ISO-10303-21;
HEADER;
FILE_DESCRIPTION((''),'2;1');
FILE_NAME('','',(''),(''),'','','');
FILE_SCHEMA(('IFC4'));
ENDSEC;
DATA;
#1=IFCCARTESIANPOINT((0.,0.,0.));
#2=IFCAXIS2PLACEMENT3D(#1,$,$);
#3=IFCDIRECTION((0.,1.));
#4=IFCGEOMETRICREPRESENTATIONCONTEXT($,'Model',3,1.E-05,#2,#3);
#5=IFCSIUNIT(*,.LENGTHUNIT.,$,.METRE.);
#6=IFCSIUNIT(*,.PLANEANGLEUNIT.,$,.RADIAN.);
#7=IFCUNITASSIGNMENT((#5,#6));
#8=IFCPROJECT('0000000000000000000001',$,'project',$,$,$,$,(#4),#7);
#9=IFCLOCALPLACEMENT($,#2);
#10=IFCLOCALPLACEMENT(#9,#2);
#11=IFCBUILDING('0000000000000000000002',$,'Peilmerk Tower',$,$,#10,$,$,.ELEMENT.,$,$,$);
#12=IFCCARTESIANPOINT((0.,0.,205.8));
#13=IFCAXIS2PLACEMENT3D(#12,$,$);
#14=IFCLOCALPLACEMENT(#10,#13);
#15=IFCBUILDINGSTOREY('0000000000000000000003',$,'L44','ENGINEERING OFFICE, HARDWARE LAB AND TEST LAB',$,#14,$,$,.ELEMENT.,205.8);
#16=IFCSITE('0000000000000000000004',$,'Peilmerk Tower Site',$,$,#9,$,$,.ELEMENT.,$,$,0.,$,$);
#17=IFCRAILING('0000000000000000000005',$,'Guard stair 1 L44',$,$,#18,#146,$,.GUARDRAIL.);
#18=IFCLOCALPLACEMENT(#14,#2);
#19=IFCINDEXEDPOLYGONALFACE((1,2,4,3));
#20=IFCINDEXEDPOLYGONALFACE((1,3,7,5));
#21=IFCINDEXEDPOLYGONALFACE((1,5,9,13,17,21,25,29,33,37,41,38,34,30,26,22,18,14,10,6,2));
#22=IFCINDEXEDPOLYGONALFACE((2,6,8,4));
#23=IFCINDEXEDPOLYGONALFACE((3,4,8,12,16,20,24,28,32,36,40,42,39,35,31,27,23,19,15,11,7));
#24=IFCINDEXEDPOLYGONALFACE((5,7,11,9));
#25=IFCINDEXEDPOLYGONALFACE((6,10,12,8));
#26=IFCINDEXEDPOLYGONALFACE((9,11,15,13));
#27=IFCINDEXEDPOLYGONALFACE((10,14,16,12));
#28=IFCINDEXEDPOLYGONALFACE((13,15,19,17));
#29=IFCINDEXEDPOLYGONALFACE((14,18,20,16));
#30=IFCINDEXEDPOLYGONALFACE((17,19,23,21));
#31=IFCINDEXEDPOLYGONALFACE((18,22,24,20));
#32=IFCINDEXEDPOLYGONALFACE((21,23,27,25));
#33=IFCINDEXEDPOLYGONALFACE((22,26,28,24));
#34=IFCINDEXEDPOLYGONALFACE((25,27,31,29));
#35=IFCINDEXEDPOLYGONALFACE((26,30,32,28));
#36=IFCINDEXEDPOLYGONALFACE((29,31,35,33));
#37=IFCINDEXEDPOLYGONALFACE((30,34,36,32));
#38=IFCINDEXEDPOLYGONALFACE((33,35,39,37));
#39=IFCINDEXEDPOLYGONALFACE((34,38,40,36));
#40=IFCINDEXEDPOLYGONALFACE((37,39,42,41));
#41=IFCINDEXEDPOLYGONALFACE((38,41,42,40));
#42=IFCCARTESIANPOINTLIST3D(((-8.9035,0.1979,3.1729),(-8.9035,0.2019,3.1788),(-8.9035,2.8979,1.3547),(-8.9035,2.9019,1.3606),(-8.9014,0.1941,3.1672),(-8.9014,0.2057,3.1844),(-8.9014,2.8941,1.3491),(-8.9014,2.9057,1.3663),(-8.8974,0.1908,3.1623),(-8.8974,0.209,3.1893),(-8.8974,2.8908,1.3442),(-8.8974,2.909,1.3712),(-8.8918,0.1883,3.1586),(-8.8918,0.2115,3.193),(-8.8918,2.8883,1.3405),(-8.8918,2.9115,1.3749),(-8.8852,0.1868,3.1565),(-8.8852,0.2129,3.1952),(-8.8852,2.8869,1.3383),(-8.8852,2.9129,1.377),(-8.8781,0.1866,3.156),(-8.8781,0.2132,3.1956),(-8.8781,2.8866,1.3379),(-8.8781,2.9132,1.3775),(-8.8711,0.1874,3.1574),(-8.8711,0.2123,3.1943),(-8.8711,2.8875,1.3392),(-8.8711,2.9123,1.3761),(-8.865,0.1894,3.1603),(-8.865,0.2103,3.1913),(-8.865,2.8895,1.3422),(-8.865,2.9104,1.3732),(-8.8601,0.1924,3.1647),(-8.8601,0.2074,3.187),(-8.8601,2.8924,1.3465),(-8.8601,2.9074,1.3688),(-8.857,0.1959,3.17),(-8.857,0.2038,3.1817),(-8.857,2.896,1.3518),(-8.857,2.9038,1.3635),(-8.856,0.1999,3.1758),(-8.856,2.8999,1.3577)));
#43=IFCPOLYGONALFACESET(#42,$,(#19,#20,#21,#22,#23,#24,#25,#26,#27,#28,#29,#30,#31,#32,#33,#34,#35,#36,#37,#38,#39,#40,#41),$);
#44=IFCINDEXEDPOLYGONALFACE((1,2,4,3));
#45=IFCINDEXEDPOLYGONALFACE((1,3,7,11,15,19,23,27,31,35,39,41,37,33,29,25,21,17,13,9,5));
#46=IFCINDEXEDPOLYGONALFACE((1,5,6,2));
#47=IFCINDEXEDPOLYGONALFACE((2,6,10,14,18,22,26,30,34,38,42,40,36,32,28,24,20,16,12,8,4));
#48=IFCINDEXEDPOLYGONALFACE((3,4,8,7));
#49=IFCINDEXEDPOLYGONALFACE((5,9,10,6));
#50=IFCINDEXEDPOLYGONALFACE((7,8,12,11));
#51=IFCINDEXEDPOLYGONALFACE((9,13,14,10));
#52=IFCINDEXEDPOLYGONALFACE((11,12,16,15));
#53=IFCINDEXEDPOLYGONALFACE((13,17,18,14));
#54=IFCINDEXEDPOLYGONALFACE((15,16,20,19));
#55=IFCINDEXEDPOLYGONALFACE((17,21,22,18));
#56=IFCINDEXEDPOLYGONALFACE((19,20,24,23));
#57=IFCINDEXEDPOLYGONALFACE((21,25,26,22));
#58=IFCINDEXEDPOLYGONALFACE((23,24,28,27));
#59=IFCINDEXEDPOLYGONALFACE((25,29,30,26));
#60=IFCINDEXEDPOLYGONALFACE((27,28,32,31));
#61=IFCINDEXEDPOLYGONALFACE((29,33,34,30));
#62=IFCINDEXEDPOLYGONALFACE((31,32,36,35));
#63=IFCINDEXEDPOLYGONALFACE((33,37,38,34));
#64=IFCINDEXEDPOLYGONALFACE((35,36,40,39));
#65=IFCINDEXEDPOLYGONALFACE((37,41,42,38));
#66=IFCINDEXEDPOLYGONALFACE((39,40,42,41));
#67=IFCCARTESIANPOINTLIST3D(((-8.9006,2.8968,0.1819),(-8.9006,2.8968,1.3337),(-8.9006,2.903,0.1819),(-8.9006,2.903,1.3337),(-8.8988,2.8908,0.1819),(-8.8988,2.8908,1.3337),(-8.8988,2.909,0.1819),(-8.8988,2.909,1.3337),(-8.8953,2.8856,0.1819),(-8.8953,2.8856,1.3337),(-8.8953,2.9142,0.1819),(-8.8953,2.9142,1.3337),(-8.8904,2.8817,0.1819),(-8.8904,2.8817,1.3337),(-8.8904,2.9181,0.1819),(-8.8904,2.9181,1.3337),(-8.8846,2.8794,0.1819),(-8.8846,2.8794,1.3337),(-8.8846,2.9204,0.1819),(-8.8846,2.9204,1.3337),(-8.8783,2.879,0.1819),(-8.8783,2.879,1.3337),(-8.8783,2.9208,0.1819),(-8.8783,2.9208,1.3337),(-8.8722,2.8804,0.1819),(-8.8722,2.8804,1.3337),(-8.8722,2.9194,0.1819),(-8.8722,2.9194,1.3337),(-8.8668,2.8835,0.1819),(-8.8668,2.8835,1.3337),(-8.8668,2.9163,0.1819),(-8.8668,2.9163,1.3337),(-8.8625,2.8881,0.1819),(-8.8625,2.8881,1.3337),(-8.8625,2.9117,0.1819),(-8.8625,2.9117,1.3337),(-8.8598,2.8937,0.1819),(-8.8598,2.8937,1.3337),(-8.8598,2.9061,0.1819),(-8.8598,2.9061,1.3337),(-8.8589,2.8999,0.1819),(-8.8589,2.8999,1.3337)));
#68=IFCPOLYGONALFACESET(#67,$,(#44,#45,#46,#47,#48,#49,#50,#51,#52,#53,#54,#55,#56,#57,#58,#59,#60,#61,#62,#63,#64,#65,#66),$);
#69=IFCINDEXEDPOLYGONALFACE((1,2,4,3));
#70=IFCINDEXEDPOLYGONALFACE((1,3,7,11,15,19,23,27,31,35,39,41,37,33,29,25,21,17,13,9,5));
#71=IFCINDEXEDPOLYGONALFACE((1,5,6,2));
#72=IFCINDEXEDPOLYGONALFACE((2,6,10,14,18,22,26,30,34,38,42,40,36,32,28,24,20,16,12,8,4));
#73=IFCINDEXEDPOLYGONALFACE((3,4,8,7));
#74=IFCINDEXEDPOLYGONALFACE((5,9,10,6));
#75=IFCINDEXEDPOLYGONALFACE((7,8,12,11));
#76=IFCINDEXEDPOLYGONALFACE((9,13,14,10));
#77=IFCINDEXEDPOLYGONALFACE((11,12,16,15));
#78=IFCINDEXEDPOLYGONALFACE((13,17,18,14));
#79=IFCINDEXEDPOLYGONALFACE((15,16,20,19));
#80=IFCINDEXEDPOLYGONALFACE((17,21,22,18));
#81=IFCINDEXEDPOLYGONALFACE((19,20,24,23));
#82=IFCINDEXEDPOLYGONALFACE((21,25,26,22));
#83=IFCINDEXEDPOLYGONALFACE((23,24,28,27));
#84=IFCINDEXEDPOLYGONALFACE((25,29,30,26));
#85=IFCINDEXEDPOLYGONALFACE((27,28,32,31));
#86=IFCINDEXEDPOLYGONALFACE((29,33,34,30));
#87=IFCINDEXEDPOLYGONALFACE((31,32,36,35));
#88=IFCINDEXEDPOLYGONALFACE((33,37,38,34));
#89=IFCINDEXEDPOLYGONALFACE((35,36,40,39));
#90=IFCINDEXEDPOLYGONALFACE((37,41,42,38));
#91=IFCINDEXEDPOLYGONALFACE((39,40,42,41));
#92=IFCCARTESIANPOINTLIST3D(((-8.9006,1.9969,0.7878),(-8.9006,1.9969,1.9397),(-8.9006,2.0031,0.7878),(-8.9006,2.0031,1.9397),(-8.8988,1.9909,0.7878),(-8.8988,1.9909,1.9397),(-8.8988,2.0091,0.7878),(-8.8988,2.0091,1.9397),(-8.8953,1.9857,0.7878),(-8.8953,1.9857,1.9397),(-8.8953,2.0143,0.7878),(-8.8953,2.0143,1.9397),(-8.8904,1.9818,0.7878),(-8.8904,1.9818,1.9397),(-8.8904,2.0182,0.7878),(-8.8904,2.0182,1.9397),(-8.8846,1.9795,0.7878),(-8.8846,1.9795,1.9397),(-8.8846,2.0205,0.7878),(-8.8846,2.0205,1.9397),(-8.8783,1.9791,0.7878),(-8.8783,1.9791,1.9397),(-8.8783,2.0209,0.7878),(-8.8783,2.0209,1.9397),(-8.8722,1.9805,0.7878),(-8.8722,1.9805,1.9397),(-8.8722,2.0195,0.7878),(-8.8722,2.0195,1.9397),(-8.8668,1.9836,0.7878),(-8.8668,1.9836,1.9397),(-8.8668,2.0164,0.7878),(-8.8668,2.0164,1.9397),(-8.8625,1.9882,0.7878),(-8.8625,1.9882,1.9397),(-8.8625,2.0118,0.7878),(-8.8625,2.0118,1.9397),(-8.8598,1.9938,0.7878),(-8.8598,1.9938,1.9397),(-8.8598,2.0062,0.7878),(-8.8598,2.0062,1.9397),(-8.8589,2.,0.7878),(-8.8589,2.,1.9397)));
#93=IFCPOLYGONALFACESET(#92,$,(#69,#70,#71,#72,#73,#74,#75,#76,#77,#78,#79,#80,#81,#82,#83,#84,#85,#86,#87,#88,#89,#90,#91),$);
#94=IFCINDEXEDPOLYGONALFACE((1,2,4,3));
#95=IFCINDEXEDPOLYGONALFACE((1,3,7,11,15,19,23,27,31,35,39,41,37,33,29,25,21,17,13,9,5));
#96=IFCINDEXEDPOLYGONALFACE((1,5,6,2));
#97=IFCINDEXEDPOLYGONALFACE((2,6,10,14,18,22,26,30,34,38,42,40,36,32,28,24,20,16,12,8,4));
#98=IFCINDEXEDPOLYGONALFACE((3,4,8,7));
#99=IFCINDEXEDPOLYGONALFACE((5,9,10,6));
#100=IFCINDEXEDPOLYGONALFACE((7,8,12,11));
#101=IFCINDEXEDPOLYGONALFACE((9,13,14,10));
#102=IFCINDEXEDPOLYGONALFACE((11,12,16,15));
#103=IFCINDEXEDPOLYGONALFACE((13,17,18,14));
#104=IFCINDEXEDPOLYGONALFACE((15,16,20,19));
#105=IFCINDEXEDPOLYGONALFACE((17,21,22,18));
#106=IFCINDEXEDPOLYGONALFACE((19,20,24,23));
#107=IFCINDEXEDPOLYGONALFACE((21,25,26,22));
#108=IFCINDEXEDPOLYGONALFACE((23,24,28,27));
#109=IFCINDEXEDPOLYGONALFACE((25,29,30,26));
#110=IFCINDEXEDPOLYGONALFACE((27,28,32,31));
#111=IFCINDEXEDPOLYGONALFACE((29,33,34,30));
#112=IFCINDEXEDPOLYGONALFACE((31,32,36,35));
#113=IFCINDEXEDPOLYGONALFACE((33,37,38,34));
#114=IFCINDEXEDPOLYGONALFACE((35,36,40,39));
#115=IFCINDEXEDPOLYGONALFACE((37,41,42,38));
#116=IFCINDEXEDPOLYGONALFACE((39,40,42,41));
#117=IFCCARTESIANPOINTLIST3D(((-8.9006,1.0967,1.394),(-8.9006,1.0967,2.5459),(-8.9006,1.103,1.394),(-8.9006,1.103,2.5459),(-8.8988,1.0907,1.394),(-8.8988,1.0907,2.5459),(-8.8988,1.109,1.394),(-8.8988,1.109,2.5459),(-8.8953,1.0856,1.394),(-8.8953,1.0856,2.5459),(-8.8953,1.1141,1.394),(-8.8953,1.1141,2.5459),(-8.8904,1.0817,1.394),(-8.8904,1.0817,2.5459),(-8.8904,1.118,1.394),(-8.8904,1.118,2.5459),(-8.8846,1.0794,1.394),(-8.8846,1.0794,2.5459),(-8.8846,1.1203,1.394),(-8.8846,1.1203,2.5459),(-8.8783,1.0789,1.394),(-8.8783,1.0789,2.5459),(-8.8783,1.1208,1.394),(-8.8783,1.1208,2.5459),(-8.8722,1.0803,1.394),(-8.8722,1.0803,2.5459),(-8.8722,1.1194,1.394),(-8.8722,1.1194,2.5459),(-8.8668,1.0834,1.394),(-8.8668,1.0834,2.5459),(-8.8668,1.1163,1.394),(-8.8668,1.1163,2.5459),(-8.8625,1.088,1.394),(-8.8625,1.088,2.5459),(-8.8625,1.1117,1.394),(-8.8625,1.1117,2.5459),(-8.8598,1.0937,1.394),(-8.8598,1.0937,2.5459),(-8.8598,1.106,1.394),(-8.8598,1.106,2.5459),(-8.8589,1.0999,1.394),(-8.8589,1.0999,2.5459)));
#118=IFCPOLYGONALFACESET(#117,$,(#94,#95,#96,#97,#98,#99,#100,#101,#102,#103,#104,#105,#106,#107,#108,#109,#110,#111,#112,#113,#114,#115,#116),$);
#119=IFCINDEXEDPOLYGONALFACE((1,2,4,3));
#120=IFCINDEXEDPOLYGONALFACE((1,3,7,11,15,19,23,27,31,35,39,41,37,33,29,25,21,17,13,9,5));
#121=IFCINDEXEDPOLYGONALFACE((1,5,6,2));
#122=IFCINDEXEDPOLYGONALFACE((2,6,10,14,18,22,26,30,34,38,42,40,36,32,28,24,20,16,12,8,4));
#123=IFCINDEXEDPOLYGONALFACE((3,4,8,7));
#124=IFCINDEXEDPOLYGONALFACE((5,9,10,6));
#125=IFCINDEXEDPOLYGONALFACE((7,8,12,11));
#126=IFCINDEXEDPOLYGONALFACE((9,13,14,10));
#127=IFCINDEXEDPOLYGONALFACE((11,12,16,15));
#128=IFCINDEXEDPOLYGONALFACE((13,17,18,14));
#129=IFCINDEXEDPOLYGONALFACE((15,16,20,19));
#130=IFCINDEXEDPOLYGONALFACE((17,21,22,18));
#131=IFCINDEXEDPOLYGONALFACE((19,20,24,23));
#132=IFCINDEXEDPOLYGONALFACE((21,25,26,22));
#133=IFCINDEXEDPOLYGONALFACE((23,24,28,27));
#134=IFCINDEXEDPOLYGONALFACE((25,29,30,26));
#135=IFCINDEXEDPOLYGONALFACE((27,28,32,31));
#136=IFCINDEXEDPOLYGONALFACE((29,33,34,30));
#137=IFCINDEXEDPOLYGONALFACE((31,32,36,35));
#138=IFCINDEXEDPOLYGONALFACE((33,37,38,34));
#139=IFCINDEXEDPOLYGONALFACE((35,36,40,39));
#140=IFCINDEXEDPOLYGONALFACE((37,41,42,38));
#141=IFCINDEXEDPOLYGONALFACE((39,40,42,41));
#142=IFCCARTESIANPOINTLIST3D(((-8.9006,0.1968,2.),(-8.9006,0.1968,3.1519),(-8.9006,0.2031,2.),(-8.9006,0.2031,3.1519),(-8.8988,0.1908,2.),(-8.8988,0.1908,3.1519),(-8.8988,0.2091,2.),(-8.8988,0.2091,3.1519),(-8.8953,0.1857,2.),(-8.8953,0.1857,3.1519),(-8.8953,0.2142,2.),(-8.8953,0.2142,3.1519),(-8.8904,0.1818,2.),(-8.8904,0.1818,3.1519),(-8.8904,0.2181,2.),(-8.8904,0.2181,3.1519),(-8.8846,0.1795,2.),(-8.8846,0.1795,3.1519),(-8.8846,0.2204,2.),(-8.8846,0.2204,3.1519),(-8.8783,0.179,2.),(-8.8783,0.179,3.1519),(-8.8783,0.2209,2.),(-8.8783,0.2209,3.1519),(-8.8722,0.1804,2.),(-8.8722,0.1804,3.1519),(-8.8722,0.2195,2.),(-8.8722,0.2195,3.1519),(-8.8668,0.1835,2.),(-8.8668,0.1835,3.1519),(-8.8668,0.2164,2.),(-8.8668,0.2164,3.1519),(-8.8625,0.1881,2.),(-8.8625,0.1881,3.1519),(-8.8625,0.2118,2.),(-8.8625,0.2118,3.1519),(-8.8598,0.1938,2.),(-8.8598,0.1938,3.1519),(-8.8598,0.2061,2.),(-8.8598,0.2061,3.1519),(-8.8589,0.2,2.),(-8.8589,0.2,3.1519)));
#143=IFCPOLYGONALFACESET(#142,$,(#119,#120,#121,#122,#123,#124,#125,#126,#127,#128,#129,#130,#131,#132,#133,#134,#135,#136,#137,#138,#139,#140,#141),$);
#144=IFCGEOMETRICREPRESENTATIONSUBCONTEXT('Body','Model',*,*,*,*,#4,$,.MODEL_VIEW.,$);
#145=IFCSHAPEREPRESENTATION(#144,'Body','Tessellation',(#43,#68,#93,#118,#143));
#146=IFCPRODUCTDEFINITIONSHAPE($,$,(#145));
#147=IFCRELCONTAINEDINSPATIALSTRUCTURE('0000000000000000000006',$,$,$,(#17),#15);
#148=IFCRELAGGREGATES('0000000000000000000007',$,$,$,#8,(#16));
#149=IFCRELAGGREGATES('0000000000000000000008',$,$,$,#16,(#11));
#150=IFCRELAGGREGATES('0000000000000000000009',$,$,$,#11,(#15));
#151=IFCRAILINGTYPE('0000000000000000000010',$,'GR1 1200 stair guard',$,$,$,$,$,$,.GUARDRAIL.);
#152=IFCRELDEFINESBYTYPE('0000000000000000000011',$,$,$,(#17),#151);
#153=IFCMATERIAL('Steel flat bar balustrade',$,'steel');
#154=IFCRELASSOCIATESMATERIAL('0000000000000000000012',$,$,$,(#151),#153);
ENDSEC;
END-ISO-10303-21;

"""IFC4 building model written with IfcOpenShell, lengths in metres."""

from ifc_helpers import new_model, si_unit, direction, frame, origin, origin_2d, place, context, subcontext, project, spatial, circle, extrude, material, type_object, element, save


model = new_model("IFC4")

# Units and contexts
model_context = context("Model", 3, precision=1e-05, world=origin(), true_north=direction((0.0, 1.0)))
body_context = subcontext(model_context, "Body", "Model", "MODEL_VIEW")
ifc_project = project(units=[si_unit("LENGTHUNIT", "METRE"), si_unit("PLANEANGLEUNIT", "RADIAN")], contexts=[model_context])

# Site, building, storey
site_placement = place(None, origin())
site = spatial("IfcSite", under=ifc_project, at=site_placement, Name="Peilmerk Tower Site", CompositionType="ELEMENT", RefElevation=0.0)
building_placement = place(site_placement, origin())
building = spatial("IfcBuilding", under=site, at=building_placement, Name="Peilmerk Tower", CompositionType="ELEMENT")
storey_placement = place(building_placement, frame((0.0, 0.0, 205.8)))
storey = spatial("IfcBuildingStorey", under=building, at=storey_placement, Name="L44", Description="ENGINEERING OFFICE, HARDWARE LAB AND TEST LAB", CompositionType="ELEMENT", Elevation=205.8)

# Railing
ifc_material_1 = material(Name="Steel flat bar balustrade", Category="steel")
railing_type_1 = type_object("IfcRailingType", Name="GR1 1200 stair guard", PredefinedType="GUARDRAIL", material=ifc_material_1)
railing_1_placement = place(storey_placement, frame((-8.8799, 2.8999, 0.1819)))
element("IfcRailing", 1, at=railing_1_placement, inside=storey, type_object=railing_type_1, Name="Guard stair 1 L44", PredefinedType="GUARDRAIL", context=body_context, shape_type="SweptSolid", body=[
    extrude(circle(Radius=0.0239, at=origin_2d()), frame((0.0, 0.0, 1.1758), z_axis=(0.0, -0.829468, 0.558554), x_axis=(1.0, 0.0, 0.0)), (0.0, 0.0, 1.0), 3.2551),
    extrude(circle(Radius=0.021, at=origin_2d()), origin(), (0.0, 0.0, 1.0), 1.1519),
    extrude(circle(Radius=0.021, at=origin_2d()), frame((0.0, -0.8999, 0.606)), (0.0, 0.0, 1.0), 1.1519),
    extrude(circle(Radius=0.021, at=origin_2d()), frame((0.0, -1.8, 1.2122)), (0.0, 0.0, 1.0), 1.1519),
    extrude(circle(Radius=0.021, at=origin_2d()), frame((0.0, -2.7, 1.8181)), (0.0, 0.0, 1.0), 1.1519),
])

save(model, "model.ifc")
